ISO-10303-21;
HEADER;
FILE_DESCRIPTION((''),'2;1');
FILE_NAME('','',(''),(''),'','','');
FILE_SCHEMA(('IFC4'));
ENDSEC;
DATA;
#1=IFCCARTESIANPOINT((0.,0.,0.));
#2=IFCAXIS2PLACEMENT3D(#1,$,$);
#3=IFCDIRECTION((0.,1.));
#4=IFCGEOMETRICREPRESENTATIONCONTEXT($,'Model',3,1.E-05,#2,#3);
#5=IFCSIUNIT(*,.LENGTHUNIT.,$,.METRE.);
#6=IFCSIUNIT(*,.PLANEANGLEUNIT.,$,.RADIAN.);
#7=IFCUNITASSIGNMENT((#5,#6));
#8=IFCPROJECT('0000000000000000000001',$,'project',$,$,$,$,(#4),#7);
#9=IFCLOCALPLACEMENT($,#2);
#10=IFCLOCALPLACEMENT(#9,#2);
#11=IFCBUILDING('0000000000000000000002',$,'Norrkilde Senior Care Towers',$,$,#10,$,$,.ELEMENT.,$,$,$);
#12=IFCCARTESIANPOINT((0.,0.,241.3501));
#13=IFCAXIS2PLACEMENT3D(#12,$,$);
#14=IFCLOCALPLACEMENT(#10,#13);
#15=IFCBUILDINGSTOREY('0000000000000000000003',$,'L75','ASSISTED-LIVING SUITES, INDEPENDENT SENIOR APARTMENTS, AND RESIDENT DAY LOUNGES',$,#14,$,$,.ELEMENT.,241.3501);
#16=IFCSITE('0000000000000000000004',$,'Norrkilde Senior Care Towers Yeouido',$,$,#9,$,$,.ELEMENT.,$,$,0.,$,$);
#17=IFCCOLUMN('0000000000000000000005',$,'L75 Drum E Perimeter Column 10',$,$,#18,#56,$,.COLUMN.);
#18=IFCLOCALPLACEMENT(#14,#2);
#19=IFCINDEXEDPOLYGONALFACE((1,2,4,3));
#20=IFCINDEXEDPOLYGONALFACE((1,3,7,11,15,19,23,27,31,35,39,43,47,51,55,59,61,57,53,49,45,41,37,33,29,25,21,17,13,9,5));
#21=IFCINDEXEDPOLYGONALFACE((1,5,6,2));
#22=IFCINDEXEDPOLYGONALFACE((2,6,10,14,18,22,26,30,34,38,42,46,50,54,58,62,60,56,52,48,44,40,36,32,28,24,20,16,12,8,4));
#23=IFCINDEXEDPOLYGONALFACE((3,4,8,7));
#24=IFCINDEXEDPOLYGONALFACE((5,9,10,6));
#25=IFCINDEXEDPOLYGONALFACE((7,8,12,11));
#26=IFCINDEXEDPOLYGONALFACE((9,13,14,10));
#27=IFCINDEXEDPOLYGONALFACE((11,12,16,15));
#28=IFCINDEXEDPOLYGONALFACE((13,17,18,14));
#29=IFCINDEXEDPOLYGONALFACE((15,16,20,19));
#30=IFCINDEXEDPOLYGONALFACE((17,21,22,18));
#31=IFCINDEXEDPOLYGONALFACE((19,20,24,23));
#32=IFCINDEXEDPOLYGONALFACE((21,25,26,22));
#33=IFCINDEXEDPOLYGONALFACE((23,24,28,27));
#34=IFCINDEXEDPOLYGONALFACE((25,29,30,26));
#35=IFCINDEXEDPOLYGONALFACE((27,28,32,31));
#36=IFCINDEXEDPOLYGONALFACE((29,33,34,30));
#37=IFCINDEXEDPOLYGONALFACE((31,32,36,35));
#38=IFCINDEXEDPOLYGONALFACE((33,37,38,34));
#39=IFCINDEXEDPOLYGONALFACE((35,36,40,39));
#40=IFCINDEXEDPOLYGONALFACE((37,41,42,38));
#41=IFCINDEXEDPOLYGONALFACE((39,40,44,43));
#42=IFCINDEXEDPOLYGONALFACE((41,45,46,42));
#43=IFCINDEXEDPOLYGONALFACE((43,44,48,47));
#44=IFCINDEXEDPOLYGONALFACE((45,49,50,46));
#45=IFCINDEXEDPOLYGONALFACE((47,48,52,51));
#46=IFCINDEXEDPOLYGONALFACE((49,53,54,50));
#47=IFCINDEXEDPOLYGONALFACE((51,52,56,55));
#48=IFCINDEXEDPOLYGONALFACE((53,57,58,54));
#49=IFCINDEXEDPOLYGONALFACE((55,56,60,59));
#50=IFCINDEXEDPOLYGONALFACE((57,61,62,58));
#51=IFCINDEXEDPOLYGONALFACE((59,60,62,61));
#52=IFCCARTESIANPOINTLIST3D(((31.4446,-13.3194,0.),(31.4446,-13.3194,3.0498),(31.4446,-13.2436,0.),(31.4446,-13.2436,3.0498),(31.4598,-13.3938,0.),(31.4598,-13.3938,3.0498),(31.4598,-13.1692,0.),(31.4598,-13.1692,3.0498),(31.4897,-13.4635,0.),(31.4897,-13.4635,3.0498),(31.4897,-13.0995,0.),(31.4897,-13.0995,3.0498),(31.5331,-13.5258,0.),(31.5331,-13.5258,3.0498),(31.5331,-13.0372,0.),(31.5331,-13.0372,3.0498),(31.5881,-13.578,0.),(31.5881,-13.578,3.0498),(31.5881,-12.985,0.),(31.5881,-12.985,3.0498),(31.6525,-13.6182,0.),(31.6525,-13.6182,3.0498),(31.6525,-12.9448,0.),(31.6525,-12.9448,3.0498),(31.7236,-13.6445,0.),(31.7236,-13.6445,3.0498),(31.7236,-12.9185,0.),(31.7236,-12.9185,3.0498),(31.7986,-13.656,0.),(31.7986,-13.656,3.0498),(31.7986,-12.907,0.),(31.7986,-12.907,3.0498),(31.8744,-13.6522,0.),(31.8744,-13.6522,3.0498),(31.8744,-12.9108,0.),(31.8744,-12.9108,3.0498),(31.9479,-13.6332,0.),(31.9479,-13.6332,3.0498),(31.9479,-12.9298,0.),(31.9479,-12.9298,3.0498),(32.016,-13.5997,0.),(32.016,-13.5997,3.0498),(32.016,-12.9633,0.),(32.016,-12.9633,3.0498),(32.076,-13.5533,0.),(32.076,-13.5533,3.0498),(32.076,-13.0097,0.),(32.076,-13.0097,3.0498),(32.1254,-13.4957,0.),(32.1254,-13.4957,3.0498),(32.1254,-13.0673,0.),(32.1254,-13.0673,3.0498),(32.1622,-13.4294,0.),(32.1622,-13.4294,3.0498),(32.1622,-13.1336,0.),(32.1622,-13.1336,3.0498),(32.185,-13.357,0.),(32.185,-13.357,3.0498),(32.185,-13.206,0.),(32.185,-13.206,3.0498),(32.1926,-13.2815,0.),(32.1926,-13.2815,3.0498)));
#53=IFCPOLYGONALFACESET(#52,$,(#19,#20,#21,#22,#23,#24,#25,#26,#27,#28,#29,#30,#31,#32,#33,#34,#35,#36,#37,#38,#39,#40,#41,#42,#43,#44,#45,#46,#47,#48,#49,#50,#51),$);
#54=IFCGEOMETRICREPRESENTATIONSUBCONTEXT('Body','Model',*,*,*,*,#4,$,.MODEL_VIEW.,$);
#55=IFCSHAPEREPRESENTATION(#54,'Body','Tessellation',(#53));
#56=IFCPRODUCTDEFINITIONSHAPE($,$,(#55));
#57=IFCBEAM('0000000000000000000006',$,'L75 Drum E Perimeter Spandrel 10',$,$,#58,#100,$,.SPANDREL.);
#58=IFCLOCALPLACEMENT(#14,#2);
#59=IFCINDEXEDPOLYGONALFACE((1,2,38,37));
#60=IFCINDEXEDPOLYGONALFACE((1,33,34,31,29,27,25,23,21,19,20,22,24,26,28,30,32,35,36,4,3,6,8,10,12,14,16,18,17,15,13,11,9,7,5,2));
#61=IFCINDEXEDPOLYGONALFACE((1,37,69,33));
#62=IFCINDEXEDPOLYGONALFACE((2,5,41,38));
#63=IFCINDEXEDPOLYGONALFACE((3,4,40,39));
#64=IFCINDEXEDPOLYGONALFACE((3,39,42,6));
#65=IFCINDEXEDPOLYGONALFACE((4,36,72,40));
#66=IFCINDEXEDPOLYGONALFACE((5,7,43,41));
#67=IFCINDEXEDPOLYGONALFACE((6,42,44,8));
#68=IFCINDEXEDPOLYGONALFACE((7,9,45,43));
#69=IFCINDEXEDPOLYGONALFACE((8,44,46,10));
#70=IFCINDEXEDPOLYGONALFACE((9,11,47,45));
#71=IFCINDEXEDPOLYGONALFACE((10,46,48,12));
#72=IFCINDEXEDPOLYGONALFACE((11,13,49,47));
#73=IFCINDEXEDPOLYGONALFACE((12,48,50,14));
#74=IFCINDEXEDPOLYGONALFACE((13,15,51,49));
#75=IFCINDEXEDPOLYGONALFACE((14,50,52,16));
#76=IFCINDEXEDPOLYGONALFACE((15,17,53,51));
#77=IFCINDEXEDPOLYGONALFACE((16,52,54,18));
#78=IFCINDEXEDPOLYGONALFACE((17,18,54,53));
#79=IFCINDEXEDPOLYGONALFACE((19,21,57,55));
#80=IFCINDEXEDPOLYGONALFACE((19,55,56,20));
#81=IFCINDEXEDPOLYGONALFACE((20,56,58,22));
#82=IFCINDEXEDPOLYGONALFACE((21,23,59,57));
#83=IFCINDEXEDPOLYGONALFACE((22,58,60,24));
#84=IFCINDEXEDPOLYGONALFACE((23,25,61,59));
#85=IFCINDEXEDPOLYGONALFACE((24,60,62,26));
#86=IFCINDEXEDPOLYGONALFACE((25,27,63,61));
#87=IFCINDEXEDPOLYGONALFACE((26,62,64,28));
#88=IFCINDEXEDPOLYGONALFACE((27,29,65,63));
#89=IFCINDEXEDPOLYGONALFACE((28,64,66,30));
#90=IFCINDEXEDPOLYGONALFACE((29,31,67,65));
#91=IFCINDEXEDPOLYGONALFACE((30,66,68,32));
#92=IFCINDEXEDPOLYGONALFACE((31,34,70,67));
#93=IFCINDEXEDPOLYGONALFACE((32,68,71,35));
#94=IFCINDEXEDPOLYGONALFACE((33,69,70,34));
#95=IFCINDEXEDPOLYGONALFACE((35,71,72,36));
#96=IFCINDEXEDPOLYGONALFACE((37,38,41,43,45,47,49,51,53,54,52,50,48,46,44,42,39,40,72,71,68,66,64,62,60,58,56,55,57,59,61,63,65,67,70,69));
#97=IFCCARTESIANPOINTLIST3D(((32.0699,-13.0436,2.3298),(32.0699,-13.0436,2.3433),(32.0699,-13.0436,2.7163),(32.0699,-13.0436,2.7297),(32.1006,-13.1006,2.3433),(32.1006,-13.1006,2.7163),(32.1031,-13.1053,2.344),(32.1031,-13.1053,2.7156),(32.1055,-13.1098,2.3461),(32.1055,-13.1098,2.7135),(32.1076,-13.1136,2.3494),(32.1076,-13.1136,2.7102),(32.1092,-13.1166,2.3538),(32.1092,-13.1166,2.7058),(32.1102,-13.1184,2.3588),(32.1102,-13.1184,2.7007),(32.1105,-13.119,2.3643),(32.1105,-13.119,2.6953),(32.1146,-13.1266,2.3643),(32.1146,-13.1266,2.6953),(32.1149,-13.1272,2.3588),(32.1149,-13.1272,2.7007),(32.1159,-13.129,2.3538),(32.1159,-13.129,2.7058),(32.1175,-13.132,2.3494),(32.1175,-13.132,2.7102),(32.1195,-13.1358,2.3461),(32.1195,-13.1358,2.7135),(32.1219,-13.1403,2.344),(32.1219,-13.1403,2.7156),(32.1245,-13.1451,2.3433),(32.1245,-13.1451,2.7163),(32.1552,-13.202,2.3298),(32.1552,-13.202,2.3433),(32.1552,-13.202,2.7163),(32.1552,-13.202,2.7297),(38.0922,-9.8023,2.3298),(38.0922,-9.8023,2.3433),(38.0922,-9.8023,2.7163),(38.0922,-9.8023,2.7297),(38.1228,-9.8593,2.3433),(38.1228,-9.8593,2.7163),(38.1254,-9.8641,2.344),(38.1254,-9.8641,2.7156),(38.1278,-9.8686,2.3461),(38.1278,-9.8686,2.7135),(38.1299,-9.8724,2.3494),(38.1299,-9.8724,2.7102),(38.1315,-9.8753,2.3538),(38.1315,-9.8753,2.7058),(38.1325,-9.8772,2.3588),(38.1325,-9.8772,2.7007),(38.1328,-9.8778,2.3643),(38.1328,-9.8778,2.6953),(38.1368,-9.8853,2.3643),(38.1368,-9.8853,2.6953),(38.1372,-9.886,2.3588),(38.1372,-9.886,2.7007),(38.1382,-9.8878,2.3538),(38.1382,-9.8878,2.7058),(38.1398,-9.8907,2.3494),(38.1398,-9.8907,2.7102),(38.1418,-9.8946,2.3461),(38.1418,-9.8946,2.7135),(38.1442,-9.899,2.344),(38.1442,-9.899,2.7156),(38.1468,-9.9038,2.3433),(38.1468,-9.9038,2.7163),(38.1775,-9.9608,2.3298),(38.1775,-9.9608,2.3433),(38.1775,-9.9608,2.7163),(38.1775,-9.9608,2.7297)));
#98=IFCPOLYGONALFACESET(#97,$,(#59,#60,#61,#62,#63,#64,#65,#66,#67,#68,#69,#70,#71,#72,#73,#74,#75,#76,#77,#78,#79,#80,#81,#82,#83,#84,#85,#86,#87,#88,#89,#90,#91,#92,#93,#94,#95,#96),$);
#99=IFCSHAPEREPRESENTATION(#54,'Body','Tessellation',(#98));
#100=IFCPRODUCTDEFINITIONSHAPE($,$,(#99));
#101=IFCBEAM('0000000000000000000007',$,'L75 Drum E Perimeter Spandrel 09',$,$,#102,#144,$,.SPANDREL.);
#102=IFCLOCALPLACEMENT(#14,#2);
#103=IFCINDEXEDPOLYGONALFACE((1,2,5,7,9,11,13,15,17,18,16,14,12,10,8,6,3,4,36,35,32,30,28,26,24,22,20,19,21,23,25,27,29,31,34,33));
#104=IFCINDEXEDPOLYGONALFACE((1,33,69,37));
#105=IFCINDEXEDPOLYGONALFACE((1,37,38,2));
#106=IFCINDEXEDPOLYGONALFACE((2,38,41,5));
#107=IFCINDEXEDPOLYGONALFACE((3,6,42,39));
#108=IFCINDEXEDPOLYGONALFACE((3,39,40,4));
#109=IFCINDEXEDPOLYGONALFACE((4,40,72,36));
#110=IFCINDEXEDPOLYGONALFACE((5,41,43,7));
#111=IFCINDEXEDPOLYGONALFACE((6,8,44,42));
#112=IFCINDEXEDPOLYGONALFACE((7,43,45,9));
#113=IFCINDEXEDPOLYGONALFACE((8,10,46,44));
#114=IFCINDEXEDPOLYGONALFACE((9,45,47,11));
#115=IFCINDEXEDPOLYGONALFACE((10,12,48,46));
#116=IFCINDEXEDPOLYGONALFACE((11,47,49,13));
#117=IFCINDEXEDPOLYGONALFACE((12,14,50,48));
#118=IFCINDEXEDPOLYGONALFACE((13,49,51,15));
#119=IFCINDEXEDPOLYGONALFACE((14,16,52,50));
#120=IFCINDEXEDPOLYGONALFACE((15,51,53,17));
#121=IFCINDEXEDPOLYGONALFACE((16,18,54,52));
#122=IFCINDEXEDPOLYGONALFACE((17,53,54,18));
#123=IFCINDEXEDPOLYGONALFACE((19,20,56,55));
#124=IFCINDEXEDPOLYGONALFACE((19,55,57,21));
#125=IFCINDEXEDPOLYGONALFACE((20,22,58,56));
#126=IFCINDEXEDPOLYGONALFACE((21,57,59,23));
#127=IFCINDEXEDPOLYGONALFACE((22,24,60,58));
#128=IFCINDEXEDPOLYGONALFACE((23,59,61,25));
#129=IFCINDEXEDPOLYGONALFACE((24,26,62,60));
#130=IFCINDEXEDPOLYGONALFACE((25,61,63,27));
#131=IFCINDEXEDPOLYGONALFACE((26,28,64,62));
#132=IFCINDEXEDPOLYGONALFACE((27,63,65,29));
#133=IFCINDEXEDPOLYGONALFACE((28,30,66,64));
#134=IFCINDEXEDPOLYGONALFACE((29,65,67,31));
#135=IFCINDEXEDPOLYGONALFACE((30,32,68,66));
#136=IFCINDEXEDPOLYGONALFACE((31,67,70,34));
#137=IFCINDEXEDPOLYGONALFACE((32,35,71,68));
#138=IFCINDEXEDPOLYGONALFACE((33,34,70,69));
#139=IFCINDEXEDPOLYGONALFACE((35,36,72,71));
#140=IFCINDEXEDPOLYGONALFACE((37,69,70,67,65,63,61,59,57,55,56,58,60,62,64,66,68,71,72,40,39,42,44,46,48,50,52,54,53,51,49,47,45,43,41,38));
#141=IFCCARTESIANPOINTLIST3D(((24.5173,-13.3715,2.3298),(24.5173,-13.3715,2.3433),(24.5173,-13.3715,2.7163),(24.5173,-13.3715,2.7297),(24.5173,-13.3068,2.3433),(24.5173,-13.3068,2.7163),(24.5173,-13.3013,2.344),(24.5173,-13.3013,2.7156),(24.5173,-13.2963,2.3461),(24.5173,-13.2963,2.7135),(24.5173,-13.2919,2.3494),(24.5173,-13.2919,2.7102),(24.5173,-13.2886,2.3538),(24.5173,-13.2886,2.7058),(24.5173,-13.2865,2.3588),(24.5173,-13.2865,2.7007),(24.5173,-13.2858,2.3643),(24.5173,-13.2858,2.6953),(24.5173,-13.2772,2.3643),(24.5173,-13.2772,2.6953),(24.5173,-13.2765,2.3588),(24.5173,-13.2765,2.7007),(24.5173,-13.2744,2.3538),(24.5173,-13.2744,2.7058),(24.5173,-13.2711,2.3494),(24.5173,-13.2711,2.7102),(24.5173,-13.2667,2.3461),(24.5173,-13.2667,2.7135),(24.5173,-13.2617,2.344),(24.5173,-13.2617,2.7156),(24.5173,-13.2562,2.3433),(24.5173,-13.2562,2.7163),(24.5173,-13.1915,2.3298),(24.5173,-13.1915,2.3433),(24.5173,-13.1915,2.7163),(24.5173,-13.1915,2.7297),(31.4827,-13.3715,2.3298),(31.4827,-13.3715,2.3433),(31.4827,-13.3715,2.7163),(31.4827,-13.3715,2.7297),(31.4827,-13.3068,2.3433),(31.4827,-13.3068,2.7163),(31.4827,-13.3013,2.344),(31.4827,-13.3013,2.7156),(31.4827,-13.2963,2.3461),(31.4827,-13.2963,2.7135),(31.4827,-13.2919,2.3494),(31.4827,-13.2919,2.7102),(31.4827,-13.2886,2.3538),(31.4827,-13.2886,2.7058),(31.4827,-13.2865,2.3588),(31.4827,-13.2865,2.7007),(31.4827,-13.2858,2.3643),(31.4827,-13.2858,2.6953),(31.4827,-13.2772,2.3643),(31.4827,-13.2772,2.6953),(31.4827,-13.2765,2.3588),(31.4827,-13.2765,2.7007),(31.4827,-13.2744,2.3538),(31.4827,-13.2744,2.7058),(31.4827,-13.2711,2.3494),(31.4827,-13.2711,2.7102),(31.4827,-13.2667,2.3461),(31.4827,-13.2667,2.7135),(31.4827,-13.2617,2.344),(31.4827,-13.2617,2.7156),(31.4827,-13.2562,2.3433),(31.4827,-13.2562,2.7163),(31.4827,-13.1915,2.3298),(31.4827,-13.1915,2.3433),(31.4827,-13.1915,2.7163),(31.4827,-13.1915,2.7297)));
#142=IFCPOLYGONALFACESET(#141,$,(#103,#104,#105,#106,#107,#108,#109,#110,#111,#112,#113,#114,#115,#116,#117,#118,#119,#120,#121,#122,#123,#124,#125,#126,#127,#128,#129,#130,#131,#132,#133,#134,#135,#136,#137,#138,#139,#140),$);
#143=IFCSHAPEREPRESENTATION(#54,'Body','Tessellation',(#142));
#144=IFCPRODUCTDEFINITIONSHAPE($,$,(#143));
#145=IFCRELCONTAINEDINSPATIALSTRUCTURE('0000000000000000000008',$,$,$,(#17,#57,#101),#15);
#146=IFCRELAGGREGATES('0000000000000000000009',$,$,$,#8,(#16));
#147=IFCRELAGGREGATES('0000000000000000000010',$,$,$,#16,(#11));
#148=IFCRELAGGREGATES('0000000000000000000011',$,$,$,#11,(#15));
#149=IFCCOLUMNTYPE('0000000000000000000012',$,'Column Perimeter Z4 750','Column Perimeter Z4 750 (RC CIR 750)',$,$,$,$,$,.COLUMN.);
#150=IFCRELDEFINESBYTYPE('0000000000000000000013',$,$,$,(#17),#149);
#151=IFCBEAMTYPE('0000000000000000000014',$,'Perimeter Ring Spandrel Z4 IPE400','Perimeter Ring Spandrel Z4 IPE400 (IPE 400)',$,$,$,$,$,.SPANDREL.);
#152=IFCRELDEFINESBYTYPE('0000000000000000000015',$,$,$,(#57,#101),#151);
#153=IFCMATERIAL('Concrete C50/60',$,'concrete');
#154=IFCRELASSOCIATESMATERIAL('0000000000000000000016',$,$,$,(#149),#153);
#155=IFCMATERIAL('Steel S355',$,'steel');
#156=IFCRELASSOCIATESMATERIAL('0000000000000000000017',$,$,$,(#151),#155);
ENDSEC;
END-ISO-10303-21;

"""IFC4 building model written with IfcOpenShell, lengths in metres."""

from ifc_helpers import new_model, si_unit, direction, frame, origin, origin_2d, place, context, subcontext, project, spatial, circle, i_section, extrude, source, transform, mapped, material, material_profile, profile_set, type_object, type_shapes, element, save


model = new_model("IFC4")

# Units and contexts
model_context = context("Model", 3, precision=1e-05, world=origin(), true_north=direction((0.0, 1.0)))
body_context = subcontext(model_context, "Body", "Model", "MODEL_VIEW")
ifc_project = project(units=[si_unit("LENGTHUNIT", "METRE"), si_unit("PLANEANGLEUNIT", "RADIAN")], contexts=[model_context])

# Site, building, storey
site_placement = place(None, origin())
site = spatial("IfcSite", under=ifc_project, at=site_placement, Name="Norrkilde Senior Care Towers Yeouido", CompositionType="ELEMENT", RefElevation=0.0)
building_placement = place(site_placement, origin())
building = spatial("IfcBuilding", under=site, at=building_placement, Name="Norrkilde Senior Care Towers", CompositionType="ELEMENT")
storey_placement = place(building_placement, frame((0.0, 0.0, 241.3501)))
storey = spatial("IfcBuildingStorey", under=building, at=storey_placement, Name="L75", Description="ASSISTED-LIVING SUITES, INDEPENDENT SENIOR APARTMENTS, AND RESIDENT DAY LOUNGES", CompositionType="ELEMENT", Elevation=241.3501)

# Column
ifc_material_1 = material(Name="Concrete C50/60", Category="concrete")
ifc_material_profile_1 = material_profile(ifc_material_1, circle(Radius=0.375, at=origin_2d()), Name="RC CIR 750")
ifc_profile_set_1 = profile_set([ifc_material_profile_1], Name="Concrete C50/60")
column_type = type_object("IfcColumnType", Name="Column Perimeter Z4 750", Description="Column Perimeter Z4 750 (RC CIR 750)", PredefinedType="COLUMN", material=ifc_profile_set_1)
shared_shape_1 = source(origin(), body_context, "Body", "SweptSolid", [
    extrude(circle(Radius=0.375, at=origin_2d()), origin(), (0.0, 0.0, 1.0), 3.0498),
])
type_shapes(column_type, [shared_shape_1])
column_placement = place(storey_placement, frame((31.8176, -13.2815, 0.0), z_axis=(0.0, 0.0, 1.0), x_axis=(1.0, 0.0, 0.0)))
element("IfcColumn", 1, at=column_placement, inside=storey, type_object=column_type, Name="L75 Drum E Perimeter Column 10", PredefinedType="COLUMN", context=body_context, shape_type="MappedRepresentation", body=[
    mapped(shared_shape_1, transform((0.0, 0.0, 0.0), x_axis=(1.0, 0.0, 0.0), y_axis=(0.0, 1.0, 0.0), z_axis=(0.0, 0.0, 1.0), scale=1.0)),
])

# Beams
ifc_material_2 = material(Name="Steel S355", Category="steel")
ifc_material_profile_2 = material_profile(ifc_material_2, i_section(OverallWidth=0.1799, OverallDepth=0.3999, WebThickness=0.0085, FlangeThickness=0.0134, FilletRadius=0.021, at=origin_2d()), Name="IPE 400")
ifc_profile_set_2 = profile_set([ifc_material_profile_2], Name="Steel S355")
beam_type_1 = type_object("IfcBeamType", Name="Perimeter Ring Spandrel Z4 IPE400", Description="Perimeter Ring Spandrel Z4 IPE400 (IPE 400)", PredefinedType="SPANDREL", material=ifc_profile_set_2)
shared_shape_2 = source(origin(), body_context, "Body", "SweptSolid", [
    extrude(i_section(OverallWidth=0.1799, OverallDepth=0.3999, WebThickness=0.0085, FlangeThickness=0.0134, FilletRadius=0.021, at=origin_2d()), origin(), (0.0, 0.0, 1.0), 6.8391),
])
beam_1_placement = place(storey_placement, frame((32.1125, -13.1228, 2.5298), z_axis=(0.880564, 0.473927, 0.0), x_axis=(-0.473927, 0.880564, 0.0)))
element("IfcBeam", 2, at=beam_1_placement, inside=storey, type_object=beam_type_1, Name="L75 Drum E Perimeter Spandrel 10", PredefinedType="SPANDREL", context=body_context, shape_type="MappedRepresentation", body=[
    mapped(shared_shape_2, transform((0.0, 0.0, 0.0), x_axis=(1.0, 0.0, 0.0), y_axis=(0.0, 1.0, 0.0), z_axis=(0.0, 0.0, 1.0), scale=1.0)),
])
shared_shape_3 = source(origin(), body_context, "Body", "SweptSolid", [
    extrude(i_section(OverallWidth=0.1799, OverallDepth=0.3999, WebThickness=0.0085, FlangeThickness=0.0134, FilletRadius=0.021, at=origin_2d()), origin(), (0.0, 0.0, 1.0), 6.9653),
])
type_shapes(beam_type_1, [shared_shape_2, shared_shape_3])
beam_2_placement = place(storey_placement, frame((24.5173, -13.2815, 2.5298), z_axis=(1.0, 0.0, 0.0), x_axis=(0.0, 1.0, 0.0)))
element("IfcBeam", 3, at=beam_2_placement, inside=storey, type_object=beam_type_1, Name="L75 Drum E Perimeter Spandrel 09", PredefinedType="SPANDREL", context=body_context, shape_type="MappedRepresentation", body=[
    mapped(shared_shape_3, transform((0.0, 0.0, 0.0), x_axis=(1.0, 0.0, 0.0), y_axis=(0.0, 1.0, 0.0), z_axis=(0.0, 0.0, 1.0), scale=1.0)),
])

save(model, "model.ifc")
